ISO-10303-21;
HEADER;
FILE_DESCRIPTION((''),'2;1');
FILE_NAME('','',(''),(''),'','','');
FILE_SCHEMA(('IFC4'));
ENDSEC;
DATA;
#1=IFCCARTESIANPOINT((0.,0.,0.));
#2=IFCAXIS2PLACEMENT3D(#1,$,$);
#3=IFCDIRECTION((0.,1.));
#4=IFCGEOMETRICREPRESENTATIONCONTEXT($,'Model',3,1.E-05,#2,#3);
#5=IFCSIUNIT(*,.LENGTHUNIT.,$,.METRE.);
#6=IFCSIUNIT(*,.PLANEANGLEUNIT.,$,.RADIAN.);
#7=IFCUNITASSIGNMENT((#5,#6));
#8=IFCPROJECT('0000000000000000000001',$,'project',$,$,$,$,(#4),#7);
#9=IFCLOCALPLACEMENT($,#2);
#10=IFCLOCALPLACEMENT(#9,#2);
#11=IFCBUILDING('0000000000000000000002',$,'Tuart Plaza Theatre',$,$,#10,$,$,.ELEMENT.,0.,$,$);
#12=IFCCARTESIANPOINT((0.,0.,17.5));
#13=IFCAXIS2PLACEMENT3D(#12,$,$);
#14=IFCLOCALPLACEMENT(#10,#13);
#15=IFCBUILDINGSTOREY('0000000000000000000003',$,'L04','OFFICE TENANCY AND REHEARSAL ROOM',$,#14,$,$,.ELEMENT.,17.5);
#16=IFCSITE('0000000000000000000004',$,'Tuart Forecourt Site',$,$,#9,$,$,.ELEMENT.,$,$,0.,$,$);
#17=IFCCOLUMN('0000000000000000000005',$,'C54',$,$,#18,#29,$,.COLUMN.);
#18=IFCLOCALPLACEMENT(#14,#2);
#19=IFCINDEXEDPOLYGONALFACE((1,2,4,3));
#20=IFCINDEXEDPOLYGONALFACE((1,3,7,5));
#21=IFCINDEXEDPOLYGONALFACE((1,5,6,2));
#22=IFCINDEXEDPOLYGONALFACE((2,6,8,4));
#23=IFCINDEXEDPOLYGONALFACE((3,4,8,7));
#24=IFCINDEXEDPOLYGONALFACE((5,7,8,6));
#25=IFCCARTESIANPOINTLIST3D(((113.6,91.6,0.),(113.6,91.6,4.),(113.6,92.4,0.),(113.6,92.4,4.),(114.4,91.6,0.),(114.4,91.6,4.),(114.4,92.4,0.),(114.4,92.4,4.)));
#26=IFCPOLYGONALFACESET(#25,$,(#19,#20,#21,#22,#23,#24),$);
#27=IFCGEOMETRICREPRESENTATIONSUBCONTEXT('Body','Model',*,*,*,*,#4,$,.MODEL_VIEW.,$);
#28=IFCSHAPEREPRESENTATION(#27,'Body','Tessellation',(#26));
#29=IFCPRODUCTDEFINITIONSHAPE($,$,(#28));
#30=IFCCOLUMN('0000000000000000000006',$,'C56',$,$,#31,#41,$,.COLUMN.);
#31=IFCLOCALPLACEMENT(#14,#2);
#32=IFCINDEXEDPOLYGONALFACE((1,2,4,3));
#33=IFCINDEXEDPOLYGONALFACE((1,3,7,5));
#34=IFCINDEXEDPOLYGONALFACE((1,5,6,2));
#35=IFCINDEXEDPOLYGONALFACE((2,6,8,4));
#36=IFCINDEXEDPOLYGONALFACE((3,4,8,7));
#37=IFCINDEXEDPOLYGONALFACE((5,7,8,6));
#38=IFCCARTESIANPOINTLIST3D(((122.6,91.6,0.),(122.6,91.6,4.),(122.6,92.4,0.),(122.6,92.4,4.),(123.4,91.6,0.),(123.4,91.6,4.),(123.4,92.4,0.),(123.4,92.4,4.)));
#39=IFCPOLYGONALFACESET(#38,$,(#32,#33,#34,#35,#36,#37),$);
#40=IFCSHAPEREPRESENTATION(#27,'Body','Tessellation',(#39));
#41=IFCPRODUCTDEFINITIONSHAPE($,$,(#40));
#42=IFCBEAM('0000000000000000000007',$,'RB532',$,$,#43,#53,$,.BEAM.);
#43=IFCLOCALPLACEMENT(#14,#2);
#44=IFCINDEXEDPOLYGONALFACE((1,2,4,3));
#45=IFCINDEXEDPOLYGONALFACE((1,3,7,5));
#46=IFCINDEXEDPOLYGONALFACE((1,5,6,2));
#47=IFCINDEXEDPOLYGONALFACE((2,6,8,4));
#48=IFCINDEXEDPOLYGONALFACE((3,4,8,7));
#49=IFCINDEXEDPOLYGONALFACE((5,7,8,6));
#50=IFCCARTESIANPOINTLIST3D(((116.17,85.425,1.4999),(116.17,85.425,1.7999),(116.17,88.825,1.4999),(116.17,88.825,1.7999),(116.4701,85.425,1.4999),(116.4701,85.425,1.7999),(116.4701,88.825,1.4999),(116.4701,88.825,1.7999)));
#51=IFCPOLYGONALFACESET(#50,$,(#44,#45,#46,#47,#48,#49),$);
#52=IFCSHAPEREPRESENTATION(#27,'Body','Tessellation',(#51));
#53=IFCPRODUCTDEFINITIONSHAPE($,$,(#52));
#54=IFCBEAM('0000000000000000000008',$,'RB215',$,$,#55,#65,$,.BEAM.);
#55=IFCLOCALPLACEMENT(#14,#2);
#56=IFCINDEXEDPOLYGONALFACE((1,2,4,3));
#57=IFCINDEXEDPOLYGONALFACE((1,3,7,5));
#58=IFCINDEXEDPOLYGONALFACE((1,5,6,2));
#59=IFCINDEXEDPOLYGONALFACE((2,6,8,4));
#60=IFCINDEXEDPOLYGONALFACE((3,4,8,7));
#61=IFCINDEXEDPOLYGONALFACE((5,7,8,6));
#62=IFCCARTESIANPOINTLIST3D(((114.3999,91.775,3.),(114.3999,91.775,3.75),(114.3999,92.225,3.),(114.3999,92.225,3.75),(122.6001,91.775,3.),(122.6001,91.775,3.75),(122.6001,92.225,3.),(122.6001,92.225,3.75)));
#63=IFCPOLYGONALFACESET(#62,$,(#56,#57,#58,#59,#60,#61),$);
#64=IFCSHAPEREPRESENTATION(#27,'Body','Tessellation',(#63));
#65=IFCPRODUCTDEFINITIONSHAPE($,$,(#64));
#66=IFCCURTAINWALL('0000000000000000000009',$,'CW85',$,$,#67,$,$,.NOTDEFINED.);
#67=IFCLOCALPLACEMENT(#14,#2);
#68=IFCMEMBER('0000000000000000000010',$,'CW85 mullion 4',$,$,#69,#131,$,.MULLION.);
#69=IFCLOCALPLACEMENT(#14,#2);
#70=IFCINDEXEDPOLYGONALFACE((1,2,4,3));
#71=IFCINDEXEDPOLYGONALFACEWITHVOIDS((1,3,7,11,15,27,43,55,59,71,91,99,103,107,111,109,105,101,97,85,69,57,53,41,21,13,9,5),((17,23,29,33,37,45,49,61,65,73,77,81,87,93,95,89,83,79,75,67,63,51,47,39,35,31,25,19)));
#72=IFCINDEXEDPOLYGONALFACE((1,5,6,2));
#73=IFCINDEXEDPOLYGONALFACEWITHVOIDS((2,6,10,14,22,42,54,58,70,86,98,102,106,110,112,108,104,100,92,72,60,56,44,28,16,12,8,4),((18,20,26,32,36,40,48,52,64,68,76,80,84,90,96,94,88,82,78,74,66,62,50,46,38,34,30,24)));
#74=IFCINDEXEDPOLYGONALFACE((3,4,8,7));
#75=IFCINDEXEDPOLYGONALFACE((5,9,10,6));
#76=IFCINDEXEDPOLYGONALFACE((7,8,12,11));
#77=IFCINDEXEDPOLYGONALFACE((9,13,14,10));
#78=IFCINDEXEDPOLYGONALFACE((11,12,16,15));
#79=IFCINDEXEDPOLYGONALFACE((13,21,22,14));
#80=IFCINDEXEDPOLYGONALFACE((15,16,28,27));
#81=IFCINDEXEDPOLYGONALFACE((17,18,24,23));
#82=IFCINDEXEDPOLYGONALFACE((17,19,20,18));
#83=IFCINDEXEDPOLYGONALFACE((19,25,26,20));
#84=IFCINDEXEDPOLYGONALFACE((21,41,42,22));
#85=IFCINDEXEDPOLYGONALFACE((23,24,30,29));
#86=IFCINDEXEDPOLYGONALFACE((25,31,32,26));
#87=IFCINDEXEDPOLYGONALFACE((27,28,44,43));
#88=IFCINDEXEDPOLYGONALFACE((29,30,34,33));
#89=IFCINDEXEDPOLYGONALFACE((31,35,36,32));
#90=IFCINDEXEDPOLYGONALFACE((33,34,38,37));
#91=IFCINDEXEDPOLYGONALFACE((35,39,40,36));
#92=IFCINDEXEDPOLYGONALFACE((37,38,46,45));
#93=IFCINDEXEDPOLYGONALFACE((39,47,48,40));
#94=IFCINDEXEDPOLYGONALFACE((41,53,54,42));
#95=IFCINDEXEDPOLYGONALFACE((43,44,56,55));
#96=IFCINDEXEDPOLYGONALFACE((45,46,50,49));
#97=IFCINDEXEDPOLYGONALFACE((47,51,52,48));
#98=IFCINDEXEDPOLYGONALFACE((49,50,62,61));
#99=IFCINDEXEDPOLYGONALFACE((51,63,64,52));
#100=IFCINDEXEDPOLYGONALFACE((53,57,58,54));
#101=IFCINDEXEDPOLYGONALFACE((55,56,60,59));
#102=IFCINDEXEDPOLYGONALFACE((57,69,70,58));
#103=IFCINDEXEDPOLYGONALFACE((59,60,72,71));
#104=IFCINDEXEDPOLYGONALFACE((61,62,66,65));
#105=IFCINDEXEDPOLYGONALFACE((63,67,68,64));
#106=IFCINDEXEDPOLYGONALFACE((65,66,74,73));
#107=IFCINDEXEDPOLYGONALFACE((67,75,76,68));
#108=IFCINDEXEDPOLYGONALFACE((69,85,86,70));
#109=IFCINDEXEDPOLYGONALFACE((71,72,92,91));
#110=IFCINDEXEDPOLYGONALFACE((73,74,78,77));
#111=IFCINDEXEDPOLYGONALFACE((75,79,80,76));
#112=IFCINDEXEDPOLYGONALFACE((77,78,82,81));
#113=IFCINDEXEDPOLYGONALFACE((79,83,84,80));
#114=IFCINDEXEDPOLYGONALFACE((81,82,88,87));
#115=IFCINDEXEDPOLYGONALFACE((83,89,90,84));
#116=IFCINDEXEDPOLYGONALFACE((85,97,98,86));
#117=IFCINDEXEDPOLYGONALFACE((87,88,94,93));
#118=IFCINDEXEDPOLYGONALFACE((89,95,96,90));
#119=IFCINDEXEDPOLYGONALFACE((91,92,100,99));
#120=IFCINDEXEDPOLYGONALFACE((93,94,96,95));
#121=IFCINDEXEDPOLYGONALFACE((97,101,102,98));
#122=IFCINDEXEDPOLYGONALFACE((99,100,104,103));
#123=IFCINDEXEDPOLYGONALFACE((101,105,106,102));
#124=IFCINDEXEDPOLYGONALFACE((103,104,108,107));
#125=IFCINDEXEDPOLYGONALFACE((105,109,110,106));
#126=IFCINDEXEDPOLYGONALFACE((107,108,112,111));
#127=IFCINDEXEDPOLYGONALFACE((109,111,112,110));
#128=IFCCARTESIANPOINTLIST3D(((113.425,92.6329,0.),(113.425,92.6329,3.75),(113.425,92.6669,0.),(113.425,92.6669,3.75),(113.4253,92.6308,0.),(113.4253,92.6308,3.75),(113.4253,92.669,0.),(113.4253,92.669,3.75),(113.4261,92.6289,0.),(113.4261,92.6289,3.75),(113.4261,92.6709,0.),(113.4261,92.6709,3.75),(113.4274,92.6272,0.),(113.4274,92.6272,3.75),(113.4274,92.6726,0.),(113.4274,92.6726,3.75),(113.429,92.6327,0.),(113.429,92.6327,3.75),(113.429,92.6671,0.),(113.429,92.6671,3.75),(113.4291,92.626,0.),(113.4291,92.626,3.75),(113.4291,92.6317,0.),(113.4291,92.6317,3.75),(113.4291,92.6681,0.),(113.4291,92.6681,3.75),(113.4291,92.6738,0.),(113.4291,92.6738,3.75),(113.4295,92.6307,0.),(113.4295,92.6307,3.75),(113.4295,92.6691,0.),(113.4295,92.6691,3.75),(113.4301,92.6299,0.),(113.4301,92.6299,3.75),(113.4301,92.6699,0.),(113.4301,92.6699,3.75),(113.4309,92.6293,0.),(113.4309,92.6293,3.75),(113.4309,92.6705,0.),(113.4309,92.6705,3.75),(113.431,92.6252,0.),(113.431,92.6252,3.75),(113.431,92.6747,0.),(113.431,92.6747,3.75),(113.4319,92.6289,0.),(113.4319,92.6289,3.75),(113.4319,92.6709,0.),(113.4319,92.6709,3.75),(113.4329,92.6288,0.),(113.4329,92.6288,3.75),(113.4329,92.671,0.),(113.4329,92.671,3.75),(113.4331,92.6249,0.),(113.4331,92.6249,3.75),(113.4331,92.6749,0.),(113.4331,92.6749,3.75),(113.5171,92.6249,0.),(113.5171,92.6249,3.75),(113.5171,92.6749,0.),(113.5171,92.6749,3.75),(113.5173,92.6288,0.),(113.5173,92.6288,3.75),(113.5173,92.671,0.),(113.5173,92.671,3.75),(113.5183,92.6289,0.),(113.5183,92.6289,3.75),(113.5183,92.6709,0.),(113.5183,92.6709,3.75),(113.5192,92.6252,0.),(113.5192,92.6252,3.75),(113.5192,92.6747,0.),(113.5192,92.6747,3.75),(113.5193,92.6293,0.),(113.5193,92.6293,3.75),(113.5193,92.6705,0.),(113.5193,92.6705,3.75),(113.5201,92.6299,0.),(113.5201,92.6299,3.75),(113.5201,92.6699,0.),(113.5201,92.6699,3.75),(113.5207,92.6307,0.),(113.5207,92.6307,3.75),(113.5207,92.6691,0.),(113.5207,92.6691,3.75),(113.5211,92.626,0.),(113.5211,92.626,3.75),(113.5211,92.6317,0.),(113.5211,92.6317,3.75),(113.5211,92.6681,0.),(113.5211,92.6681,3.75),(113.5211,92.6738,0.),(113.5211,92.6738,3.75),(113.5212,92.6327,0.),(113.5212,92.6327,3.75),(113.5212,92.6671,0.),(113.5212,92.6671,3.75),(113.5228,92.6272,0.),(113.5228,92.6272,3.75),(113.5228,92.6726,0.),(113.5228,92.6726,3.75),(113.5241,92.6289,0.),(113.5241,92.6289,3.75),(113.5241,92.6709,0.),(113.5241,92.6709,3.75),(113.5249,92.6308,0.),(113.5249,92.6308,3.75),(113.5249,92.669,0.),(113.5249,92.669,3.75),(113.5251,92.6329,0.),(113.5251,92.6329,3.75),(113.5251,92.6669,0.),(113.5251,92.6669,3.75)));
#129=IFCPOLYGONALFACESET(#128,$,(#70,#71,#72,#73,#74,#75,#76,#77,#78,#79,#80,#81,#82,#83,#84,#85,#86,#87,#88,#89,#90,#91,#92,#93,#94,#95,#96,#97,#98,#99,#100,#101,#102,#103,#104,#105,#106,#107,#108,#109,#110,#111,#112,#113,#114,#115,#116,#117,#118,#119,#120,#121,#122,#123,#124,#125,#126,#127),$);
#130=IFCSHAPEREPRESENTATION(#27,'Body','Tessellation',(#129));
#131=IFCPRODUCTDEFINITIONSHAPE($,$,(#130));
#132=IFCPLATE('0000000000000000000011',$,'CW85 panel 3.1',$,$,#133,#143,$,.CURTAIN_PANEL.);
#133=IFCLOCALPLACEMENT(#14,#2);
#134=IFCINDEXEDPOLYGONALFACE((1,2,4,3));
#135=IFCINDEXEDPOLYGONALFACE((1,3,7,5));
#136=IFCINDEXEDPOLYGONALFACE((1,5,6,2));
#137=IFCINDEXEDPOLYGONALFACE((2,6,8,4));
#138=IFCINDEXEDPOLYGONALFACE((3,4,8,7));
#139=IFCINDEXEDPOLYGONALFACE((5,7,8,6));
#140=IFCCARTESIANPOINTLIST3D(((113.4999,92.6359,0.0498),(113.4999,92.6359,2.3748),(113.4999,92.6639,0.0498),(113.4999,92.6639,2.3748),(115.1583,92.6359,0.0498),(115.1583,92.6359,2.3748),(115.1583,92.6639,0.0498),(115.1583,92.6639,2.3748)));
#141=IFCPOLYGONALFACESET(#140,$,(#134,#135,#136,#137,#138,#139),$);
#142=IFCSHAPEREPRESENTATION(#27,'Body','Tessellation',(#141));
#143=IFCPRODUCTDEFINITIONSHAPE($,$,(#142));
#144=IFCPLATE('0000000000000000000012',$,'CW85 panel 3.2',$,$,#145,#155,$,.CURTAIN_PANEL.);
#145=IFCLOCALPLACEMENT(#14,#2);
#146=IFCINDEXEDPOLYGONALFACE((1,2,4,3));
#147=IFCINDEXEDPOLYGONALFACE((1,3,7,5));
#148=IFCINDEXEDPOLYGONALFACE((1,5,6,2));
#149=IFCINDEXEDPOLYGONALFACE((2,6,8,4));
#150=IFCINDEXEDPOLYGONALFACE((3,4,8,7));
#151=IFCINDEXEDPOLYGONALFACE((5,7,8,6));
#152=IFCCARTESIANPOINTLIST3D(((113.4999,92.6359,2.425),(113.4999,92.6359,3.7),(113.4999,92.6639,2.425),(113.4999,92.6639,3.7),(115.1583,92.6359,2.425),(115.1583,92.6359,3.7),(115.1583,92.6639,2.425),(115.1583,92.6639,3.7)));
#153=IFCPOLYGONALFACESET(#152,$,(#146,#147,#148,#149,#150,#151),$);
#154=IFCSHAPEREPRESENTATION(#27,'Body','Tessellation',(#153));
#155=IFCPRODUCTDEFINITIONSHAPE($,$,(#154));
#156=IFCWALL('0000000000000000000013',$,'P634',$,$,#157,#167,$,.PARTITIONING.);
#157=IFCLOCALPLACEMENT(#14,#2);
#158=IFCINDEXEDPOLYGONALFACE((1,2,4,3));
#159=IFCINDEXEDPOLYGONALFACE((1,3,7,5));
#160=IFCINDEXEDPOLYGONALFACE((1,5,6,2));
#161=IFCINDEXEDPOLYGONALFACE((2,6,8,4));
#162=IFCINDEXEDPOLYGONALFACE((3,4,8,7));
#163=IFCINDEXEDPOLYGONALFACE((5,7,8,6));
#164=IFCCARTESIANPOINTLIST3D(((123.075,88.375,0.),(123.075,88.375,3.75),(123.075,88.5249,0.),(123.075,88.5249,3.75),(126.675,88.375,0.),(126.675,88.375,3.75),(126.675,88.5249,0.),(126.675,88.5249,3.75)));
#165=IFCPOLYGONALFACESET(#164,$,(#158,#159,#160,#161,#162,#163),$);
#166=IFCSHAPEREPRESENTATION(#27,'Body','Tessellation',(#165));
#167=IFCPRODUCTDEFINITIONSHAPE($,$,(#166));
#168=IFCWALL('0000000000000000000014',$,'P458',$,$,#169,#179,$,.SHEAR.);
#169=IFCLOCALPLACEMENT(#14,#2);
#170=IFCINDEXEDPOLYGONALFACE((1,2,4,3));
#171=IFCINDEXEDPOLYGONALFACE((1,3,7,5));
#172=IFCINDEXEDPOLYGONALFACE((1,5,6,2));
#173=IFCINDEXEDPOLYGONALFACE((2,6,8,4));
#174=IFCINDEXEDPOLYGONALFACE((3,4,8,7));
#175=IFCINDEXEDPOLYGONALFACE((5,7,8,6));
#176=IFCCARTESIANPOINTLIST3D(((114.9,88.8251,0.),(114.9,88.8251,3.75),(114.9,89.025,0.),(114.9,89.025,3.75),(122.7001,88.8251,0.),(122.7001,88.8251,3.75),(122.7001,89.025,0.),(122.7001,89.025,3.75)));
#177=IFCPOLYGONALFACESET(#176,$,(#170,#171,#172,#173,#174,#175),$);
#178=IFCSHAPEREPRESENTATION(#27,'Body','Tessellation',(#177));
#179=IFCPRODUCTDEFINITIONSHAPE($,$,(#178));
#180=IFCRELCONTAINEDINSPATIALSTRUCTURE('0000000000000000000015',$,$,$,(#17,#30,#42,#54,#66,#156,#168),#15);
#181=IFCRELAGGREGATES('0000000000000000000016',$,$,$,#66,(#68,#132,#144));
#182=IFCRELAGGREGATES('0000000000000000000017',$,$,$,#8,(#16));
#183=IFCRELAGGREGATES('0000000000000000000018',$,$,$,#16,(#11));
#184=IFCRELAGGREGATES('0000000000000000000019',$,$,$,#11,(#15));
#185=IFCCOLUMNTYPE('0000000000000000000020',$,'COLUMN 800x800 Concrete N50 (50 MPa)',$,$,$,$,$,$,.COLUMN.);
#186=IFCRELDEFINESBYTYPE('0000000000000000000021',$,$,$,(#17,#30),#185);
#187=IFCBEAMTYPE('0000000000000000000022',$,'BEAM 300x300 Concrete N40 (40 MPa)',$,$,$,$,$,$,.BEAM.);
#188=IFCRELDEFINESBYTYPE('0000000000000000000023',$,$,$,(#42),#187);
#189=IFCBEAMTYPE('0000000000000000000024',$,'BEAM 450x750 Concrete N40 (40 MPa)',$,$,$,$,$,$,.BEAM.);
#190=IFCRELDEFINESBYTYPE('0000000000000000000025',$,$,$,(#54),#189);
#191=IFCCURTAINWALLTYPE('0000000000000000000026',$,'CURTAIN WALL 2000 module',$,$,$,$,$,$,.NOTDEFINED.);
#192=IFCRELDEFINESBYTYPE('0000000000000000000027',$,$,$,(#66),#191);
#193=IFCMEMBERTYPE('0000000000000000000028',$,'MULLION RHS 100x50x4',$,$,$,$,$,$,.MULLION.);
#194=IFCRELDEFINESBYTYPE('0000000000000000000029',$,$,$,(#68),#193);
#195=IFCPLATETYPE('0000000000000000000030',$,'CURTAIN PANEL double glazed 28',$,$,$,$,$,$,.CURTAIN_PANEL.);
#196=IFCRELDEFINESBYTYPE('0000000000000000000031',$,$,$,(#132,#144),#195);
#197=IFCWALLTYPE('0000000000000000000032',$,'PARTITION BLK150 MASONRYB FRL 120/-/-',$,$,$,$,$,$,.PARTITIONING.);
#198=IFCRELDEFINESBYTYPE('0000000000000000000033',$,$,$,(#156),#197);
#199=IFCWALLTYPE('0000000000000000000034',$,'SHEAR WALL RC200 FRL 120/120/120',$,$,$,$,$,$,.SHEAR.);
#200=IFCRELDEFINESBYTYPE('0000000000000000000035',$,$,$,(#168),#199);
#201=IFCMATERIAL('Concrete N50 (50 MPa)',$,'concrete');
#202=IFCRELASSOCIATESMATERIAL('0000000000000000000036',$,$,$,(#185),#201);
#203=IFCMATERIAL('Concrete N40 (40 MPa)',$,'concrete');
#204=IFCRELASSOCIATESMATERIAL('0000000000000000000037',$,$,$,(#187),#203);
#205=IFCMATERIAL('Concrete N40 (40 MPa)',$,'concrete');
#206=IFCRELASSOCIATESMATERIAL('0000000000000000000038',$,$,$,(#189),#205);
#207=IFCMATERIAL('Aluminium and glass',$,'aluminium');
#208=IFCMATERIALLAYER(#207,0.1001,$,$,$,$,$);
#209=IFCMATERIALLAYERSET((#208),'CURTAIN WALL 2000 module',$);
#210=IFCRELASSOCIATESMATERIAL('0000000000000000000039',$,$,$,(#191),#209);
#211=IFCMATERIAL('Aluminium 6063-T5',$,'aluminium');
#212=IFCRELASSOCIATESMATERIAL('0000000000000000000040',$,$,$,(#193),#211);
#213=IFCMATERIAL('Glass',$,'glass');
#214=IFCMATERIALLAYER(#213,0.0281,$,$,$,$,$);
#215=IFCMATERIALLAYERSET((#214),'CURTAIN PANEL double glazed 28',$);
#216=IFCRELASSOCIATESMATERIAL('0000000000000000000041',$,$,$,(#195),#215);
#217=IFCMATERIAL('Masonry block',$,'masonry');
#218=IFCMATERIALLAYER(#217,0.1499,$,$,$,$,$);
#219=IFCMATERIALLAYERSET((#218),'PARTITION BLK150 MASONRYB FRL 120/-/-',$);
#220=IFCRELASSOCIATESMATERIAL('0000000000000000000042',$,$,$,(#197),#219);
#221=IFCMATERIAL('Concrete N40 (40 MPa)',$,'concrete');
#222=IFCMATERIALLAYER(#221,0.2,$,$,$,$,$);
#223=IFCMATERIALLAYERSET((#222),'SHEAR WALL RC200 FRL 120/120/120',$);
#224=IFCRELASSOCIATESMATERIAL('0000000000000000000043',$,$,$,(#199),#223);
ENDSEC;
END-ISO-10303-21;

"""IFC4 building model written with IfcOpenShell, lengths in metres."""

from ifc_helpers import new_model, si_unit, direction, frame, frame_2d, origin, origin_2d, place, context, subcontext, project, spatial, rectangle, hollow_rectangle, extrude, material, layer, layer_set, material_profile, profile_set, type_object, element, aggregate, save


model = new_model("IFC4")

# Units and contexts
model_context = context("Model", 3, precision=1e-05, world=origin(), true_north=direction((0.0, 1.0)))
body_context = subcontext(model_context, "Body", "Model", "MODEL_VIEW")
ifc_project = project(units=[si_unit("LENGTHUNIT", "METRE"), si_unit("PLANEANGLEUNIT", "RADIAN")], contexts=[model_context])

# Site, building, storey
site_placement = place(None, origin())
site = spatial("IfcSite", under=ifc_project, at=site_placement, Name="Tuart Forecourt Site", CompositionType="ELEMENT", RefElevation=0.0)
building_placement = place(site_placement, origin())
building = spatial("IfcBuilding", under=site, at=building_placement, Name="Tuart Plaza Theatre", CompositionType="ELEMENT", ElevationOfRefHeight=0.0)
storey_placement = place(building_placement, frame((0.0, 0.0, 17.5)))
storey = spatial("IfcBuildingStorey", under=building, at=storey_placement, Name="L04", Description="OFFICE TENANCY AND REHEARSAL ROOM", CompositionType="ELEMENT", Elevation=17.5)

# Columns
ifc_material_1 = material(Name="Concrete N50 (50 MPa)", Category="concrete")
ifc_material_profile_1 = material_profile(ifc_material_1, rectangle(XDim=0.8, YDim=0.8, at=origin_2d()), Name="COLUMN 800x800 Concrete N50 (50 MPa)")
ifc_profile_set_1 = profile_set([ifc_material_profile_1], Name="Concrete N50 (50 MPa)")
column_type = type_object("IfcColumnType", Name="COLUMN 800x800 Concrete N50 (50 MPa)", PredefinedType="COLUMN", material=ifc_profile_set_1)
for number, where, z_axis, x_axis, name in (
    (1, (114.0, 92.0, 0.0), (0.0, 0.0, 1.0), (1.0, 0.0, 0.0), "C54"),
    (2, (123.0, 92.0, 0.0), (0.0, 0.0, 1.0), (1.0, 0.0, 0.0), "C56"),
):
    element("IfcColumn", number, at=place(storey_placement, frame(where, z_axis=z_axis, x_axis=x_axis)), inside=storey, type_object=column_type, Name=name, PredefinedType="COLUMN", context=body_context, shape_type="SweptSolid", body=[
        extrude(rectangle(XDim=0.8, YDim=0.8, at=origin_2d()), origin(), (0.0, 0.0, 1.0), 4.0),
    ])

# Beams
ifc_material_2 = material(Name="Concrete N40 (40 MPa)", Category="concrete")
ifc_material_profile_2 = material_profile(ifc_material_2, rectangle(XDim=0.3, YDim=0.3, at=origin_2d()), Name="BEAM 300x300 Concrete N40 (40 MPa)")
ifc_profile_set_2 = profile_set([ifc_material_profile_2], Name="Concrete N40 (40 MPa)")
beam_type_1 = type_object("IfcBeamType", Name="BEAM 300x300 Concrete N40 (40 MPa)", PredefinedType="BEAM", material=ifc_profile_set_2)
beam_1_placement = place(storey_placement, frame((116.3201, 88.825, 1.6499), z_axis=(0.0, -1.0, 0.0), x_axis=(1.0, 0.0, 0.0)))
element("IfcBeam", 3, at=beam_1_placement, inside=storey, type_object=beam_type_1, Name="RB532", PredefinedType="BEAM", context=body_context, shape_type="SweptSolid", body=[
    extrude(rectangle(XDim=0.3, YDim=0.3, at=origin_2d()), origin(), (0.0, 0.0, 1.0), 3.3999),
])
ifc_material_3 = material(Name="Concrete N40 (40 MPa)", Category="concrete")
ifc_material_profile_3 = material_profile(ifc_material_3, rectangle(XDim=0.45, YDim=0.75, at=origin_2d()), Name="BEAM 450x750 Concrete N40 (40 MPa)")
ifc_profile_set_3 = profile_set([ifc_material_profile_3], Name="Concrete N40 (40 MPa)")
beam_type_2 = type_object("IfcBeamType", Name="BEAM 450x750 Concrete N40 (40 MPa)", PredefinedType="BEAM", material=ifc_profile_set_3)
beam_2_placement = place(storey_placement, frame((114.3999, 92.0, 3.375), z_axis=(1.0, 0.0, 0.0), x_axis=(0.0, 1.0, 0.0)))
element("IfcBeam", 4, at=beam_2_placement, inside=storey, type_object=beam_type_2, Name="RB215", PredefinedType="BEAM", context=body_context, shape_type="SweptSolid", body=[
    extrude(rectangle(XDim=0.45, YDim=0.75, at=origin_2d()), origin(), (0.0, 0.0, 1.0), 8.2002),
])

# Curtain wall, member, plates
ifc_material_4 = material(Name="Aluminium and glass", Category="aluminium")
ifc_layer_1 = layer(ifc_material_4, 0.1001)
ifc_layer_set_1 = layer_set([ifc_layer_1], Name="CURTAIN WALL 2000 module")
curtain_wall_type = type_object("IfcCurtainWallType", Name="CURTAIN WALL 2000 module", PredefinedType="NOTDEFINED", material=ifc_layer_set_1)
curtain_wall_placement = place(storey_placement, origin())
curtain_wall = element("IfcCurtainWall", 5, at=curtain_wall_placement, inside=storey, type_object=curtain_wall_type, Name="CW85", PredefinedType="NOTDEFINED")
ifc_material_5 = material(Name="Aluminium 6063-T5", Category="aluminium")
ifc_material_profile_4 = material_profile(ifc_material_5, hollow_rectangle(XDim=0.05, YDim=0.1001, WallThickness=0.0039, InnerFilletRadius=0.0039, OuterFilletRadius=0.0081, at=origin_2d()), Name="RHS 100x50x4")
ifc_profile_set_4 = profile_set([ifc_material_profile_4], Name="Aluminium 6063-T5")
member_type = type_object("IfcMemberType", Name="MULLION RHS 100x50x4", PredefinedType="MULLION", material=ifc_profile_set_4)
member_placement = place(storey_placement, frame((113.4751, 92.6499, 0.0), z_axis=(0.0, 0.0, 1.0), x_axis=(0.0, -1.0, 0.0)))
member = element("IfcMember", 6, at=member_placement, type_object=member_type, Name="CW85 mullion 4", PredefinedType="MULLION", context=body_context, shape_type="SweptSolid", body=[
    extrude(hollow_rectangle(XDim=0.05, YDim=0.1001, WallThickness=0.0039, InnerFilletRadius=0.0039, OuterFilletRadius=0.0081, at=origin_2d()), origin(), (0.0, 0.0, 1.0), 3.75),
])
ifc_material_6 = material(Name="Glass", Category="glass")
ifc_layer_2 = layer(ifc_material_6, 0.0281)
ifc_layer_set_2 = layer_set([ifc_layer_2], Name="CURTAIN PANEL double glazed 28")
plate_type = type_object("IfcPlateType", Name="CURTAIN PANEL double glazed 28", PredefinedType="CURTAIN_PANEL", material=ifc_layer_set_2)
plate_1_placement = place(storey_placement, frame((114.3291, 92.6499, 0.0498), z_axis=(0.0, 0.0, 1.0), x_axis=(-1.0, 0.0, 0.0)))
plate_1 = element("IfcPlate", 7, at=plate_1_placement, type_object=plate_type, Name="CW85 panel 3.1", PredefinedType="CURTAIN_PANEL", context=body_context, shape_type="SweptSolid", body=[
    extrude(rectangle(XDim=1.6584, YDim=0.0281, at=origin_2d()), origin(), (0.0, 0.0, 1.0), 2.325),
])
plate_2_placement = place(storey_placement, frame((114.3291, 92.6499, 2.425), z_axis=(0.0, 0.0, 1.0), x_axis=(-1.0, 0.0, 0.0)))
plate_2 = element("IfcPlate", 8, at=plate_2_placement, type_object=plate_type, Name="CW85 panel 3.2", PredefinedType="CURTAIN_PANEL", context=body_context, shape_type="SweptSolid", body=[
    extrude(rectangle(XDim=1.6584, YDim=0.0281, at=origin_2d()), origin(), (0.0, 0.0, 1.0), 1.2749),
])
aggregate(curtain_wall, [member, plate_1, plate_2])

# Walls
ifc_material_7 = material(Name="Masonry block", Category="masonry")
ifc_layer_3 = layer(ifc_material_7, 0.1499)
ifc_layer_set_3 = layer_set([ifc_layer_3], Name="PARTITION BLK150 MASONRYB FRL 120/-/-")
wall_type_1 = type_object("IfcWallType", Name="PARTITION BLK150 MASONRYB FRL 120/-/-", PredefinedType="PARTITIONING", material=ifc_layer_set_3)
wall_1_placement = place(storey_placement, frame((123.075, 88.45, 0.0), z_axis=(0.0, 0.0, 1.0), x_axis=(1.0, 0.0, 0.0)))
element("IfcWall", 9, at=wall_1_placement, inside=storey, type_object=wall_type_1, Name="P634", PredefinedType="PARTITIONING", context=body_context, shape_type="SweptSolid", body=[
    extrude(rectangle(XDim=3.6001, YDim=0.1499, at=frame_2d((1.8, 0.0))), origin(), (0.0, 0.0, 1.0), 3.75),
])
ifc_material_8 = material(Name="Concrete N40 (40 MPa)", Category="concrete")
ifc_layer_4 = layer(ifc_material_8, 0.2)
ifc_layer_set_4 = layer_set([ifc_layer_4], Name="SHEAR WALL RC200 FRL 120/120/120")
wall_type_2 = type_object("IfcWallType", Name="SHEAR WALL RC200 FRL 120/120/120", PredefinedType="SHEAR", material=ifc_layer_set_4)
wall_2_placement = place(storey_placement, frame((122.7, 88.925, 0.0), z_axis=(0.0, 0.0, 1.0), x_axis=(-1.0, 0.0, 0.0)))
element("IfcWall", 10, at=wall_2_placement, inside=storey, type_object=wall_type_2, Name="P458", PredefinedType="SHEAR", context=body_context, shape_type="SweptSolid", body=[
    extrude(rectangle(XDim=7.8, YDim=0.2, at=frame_2d((3.8999, 0.0))), origin(), (0.0, 0.0, 1.0), 3.75),
])

save(model, "model.ifc")
